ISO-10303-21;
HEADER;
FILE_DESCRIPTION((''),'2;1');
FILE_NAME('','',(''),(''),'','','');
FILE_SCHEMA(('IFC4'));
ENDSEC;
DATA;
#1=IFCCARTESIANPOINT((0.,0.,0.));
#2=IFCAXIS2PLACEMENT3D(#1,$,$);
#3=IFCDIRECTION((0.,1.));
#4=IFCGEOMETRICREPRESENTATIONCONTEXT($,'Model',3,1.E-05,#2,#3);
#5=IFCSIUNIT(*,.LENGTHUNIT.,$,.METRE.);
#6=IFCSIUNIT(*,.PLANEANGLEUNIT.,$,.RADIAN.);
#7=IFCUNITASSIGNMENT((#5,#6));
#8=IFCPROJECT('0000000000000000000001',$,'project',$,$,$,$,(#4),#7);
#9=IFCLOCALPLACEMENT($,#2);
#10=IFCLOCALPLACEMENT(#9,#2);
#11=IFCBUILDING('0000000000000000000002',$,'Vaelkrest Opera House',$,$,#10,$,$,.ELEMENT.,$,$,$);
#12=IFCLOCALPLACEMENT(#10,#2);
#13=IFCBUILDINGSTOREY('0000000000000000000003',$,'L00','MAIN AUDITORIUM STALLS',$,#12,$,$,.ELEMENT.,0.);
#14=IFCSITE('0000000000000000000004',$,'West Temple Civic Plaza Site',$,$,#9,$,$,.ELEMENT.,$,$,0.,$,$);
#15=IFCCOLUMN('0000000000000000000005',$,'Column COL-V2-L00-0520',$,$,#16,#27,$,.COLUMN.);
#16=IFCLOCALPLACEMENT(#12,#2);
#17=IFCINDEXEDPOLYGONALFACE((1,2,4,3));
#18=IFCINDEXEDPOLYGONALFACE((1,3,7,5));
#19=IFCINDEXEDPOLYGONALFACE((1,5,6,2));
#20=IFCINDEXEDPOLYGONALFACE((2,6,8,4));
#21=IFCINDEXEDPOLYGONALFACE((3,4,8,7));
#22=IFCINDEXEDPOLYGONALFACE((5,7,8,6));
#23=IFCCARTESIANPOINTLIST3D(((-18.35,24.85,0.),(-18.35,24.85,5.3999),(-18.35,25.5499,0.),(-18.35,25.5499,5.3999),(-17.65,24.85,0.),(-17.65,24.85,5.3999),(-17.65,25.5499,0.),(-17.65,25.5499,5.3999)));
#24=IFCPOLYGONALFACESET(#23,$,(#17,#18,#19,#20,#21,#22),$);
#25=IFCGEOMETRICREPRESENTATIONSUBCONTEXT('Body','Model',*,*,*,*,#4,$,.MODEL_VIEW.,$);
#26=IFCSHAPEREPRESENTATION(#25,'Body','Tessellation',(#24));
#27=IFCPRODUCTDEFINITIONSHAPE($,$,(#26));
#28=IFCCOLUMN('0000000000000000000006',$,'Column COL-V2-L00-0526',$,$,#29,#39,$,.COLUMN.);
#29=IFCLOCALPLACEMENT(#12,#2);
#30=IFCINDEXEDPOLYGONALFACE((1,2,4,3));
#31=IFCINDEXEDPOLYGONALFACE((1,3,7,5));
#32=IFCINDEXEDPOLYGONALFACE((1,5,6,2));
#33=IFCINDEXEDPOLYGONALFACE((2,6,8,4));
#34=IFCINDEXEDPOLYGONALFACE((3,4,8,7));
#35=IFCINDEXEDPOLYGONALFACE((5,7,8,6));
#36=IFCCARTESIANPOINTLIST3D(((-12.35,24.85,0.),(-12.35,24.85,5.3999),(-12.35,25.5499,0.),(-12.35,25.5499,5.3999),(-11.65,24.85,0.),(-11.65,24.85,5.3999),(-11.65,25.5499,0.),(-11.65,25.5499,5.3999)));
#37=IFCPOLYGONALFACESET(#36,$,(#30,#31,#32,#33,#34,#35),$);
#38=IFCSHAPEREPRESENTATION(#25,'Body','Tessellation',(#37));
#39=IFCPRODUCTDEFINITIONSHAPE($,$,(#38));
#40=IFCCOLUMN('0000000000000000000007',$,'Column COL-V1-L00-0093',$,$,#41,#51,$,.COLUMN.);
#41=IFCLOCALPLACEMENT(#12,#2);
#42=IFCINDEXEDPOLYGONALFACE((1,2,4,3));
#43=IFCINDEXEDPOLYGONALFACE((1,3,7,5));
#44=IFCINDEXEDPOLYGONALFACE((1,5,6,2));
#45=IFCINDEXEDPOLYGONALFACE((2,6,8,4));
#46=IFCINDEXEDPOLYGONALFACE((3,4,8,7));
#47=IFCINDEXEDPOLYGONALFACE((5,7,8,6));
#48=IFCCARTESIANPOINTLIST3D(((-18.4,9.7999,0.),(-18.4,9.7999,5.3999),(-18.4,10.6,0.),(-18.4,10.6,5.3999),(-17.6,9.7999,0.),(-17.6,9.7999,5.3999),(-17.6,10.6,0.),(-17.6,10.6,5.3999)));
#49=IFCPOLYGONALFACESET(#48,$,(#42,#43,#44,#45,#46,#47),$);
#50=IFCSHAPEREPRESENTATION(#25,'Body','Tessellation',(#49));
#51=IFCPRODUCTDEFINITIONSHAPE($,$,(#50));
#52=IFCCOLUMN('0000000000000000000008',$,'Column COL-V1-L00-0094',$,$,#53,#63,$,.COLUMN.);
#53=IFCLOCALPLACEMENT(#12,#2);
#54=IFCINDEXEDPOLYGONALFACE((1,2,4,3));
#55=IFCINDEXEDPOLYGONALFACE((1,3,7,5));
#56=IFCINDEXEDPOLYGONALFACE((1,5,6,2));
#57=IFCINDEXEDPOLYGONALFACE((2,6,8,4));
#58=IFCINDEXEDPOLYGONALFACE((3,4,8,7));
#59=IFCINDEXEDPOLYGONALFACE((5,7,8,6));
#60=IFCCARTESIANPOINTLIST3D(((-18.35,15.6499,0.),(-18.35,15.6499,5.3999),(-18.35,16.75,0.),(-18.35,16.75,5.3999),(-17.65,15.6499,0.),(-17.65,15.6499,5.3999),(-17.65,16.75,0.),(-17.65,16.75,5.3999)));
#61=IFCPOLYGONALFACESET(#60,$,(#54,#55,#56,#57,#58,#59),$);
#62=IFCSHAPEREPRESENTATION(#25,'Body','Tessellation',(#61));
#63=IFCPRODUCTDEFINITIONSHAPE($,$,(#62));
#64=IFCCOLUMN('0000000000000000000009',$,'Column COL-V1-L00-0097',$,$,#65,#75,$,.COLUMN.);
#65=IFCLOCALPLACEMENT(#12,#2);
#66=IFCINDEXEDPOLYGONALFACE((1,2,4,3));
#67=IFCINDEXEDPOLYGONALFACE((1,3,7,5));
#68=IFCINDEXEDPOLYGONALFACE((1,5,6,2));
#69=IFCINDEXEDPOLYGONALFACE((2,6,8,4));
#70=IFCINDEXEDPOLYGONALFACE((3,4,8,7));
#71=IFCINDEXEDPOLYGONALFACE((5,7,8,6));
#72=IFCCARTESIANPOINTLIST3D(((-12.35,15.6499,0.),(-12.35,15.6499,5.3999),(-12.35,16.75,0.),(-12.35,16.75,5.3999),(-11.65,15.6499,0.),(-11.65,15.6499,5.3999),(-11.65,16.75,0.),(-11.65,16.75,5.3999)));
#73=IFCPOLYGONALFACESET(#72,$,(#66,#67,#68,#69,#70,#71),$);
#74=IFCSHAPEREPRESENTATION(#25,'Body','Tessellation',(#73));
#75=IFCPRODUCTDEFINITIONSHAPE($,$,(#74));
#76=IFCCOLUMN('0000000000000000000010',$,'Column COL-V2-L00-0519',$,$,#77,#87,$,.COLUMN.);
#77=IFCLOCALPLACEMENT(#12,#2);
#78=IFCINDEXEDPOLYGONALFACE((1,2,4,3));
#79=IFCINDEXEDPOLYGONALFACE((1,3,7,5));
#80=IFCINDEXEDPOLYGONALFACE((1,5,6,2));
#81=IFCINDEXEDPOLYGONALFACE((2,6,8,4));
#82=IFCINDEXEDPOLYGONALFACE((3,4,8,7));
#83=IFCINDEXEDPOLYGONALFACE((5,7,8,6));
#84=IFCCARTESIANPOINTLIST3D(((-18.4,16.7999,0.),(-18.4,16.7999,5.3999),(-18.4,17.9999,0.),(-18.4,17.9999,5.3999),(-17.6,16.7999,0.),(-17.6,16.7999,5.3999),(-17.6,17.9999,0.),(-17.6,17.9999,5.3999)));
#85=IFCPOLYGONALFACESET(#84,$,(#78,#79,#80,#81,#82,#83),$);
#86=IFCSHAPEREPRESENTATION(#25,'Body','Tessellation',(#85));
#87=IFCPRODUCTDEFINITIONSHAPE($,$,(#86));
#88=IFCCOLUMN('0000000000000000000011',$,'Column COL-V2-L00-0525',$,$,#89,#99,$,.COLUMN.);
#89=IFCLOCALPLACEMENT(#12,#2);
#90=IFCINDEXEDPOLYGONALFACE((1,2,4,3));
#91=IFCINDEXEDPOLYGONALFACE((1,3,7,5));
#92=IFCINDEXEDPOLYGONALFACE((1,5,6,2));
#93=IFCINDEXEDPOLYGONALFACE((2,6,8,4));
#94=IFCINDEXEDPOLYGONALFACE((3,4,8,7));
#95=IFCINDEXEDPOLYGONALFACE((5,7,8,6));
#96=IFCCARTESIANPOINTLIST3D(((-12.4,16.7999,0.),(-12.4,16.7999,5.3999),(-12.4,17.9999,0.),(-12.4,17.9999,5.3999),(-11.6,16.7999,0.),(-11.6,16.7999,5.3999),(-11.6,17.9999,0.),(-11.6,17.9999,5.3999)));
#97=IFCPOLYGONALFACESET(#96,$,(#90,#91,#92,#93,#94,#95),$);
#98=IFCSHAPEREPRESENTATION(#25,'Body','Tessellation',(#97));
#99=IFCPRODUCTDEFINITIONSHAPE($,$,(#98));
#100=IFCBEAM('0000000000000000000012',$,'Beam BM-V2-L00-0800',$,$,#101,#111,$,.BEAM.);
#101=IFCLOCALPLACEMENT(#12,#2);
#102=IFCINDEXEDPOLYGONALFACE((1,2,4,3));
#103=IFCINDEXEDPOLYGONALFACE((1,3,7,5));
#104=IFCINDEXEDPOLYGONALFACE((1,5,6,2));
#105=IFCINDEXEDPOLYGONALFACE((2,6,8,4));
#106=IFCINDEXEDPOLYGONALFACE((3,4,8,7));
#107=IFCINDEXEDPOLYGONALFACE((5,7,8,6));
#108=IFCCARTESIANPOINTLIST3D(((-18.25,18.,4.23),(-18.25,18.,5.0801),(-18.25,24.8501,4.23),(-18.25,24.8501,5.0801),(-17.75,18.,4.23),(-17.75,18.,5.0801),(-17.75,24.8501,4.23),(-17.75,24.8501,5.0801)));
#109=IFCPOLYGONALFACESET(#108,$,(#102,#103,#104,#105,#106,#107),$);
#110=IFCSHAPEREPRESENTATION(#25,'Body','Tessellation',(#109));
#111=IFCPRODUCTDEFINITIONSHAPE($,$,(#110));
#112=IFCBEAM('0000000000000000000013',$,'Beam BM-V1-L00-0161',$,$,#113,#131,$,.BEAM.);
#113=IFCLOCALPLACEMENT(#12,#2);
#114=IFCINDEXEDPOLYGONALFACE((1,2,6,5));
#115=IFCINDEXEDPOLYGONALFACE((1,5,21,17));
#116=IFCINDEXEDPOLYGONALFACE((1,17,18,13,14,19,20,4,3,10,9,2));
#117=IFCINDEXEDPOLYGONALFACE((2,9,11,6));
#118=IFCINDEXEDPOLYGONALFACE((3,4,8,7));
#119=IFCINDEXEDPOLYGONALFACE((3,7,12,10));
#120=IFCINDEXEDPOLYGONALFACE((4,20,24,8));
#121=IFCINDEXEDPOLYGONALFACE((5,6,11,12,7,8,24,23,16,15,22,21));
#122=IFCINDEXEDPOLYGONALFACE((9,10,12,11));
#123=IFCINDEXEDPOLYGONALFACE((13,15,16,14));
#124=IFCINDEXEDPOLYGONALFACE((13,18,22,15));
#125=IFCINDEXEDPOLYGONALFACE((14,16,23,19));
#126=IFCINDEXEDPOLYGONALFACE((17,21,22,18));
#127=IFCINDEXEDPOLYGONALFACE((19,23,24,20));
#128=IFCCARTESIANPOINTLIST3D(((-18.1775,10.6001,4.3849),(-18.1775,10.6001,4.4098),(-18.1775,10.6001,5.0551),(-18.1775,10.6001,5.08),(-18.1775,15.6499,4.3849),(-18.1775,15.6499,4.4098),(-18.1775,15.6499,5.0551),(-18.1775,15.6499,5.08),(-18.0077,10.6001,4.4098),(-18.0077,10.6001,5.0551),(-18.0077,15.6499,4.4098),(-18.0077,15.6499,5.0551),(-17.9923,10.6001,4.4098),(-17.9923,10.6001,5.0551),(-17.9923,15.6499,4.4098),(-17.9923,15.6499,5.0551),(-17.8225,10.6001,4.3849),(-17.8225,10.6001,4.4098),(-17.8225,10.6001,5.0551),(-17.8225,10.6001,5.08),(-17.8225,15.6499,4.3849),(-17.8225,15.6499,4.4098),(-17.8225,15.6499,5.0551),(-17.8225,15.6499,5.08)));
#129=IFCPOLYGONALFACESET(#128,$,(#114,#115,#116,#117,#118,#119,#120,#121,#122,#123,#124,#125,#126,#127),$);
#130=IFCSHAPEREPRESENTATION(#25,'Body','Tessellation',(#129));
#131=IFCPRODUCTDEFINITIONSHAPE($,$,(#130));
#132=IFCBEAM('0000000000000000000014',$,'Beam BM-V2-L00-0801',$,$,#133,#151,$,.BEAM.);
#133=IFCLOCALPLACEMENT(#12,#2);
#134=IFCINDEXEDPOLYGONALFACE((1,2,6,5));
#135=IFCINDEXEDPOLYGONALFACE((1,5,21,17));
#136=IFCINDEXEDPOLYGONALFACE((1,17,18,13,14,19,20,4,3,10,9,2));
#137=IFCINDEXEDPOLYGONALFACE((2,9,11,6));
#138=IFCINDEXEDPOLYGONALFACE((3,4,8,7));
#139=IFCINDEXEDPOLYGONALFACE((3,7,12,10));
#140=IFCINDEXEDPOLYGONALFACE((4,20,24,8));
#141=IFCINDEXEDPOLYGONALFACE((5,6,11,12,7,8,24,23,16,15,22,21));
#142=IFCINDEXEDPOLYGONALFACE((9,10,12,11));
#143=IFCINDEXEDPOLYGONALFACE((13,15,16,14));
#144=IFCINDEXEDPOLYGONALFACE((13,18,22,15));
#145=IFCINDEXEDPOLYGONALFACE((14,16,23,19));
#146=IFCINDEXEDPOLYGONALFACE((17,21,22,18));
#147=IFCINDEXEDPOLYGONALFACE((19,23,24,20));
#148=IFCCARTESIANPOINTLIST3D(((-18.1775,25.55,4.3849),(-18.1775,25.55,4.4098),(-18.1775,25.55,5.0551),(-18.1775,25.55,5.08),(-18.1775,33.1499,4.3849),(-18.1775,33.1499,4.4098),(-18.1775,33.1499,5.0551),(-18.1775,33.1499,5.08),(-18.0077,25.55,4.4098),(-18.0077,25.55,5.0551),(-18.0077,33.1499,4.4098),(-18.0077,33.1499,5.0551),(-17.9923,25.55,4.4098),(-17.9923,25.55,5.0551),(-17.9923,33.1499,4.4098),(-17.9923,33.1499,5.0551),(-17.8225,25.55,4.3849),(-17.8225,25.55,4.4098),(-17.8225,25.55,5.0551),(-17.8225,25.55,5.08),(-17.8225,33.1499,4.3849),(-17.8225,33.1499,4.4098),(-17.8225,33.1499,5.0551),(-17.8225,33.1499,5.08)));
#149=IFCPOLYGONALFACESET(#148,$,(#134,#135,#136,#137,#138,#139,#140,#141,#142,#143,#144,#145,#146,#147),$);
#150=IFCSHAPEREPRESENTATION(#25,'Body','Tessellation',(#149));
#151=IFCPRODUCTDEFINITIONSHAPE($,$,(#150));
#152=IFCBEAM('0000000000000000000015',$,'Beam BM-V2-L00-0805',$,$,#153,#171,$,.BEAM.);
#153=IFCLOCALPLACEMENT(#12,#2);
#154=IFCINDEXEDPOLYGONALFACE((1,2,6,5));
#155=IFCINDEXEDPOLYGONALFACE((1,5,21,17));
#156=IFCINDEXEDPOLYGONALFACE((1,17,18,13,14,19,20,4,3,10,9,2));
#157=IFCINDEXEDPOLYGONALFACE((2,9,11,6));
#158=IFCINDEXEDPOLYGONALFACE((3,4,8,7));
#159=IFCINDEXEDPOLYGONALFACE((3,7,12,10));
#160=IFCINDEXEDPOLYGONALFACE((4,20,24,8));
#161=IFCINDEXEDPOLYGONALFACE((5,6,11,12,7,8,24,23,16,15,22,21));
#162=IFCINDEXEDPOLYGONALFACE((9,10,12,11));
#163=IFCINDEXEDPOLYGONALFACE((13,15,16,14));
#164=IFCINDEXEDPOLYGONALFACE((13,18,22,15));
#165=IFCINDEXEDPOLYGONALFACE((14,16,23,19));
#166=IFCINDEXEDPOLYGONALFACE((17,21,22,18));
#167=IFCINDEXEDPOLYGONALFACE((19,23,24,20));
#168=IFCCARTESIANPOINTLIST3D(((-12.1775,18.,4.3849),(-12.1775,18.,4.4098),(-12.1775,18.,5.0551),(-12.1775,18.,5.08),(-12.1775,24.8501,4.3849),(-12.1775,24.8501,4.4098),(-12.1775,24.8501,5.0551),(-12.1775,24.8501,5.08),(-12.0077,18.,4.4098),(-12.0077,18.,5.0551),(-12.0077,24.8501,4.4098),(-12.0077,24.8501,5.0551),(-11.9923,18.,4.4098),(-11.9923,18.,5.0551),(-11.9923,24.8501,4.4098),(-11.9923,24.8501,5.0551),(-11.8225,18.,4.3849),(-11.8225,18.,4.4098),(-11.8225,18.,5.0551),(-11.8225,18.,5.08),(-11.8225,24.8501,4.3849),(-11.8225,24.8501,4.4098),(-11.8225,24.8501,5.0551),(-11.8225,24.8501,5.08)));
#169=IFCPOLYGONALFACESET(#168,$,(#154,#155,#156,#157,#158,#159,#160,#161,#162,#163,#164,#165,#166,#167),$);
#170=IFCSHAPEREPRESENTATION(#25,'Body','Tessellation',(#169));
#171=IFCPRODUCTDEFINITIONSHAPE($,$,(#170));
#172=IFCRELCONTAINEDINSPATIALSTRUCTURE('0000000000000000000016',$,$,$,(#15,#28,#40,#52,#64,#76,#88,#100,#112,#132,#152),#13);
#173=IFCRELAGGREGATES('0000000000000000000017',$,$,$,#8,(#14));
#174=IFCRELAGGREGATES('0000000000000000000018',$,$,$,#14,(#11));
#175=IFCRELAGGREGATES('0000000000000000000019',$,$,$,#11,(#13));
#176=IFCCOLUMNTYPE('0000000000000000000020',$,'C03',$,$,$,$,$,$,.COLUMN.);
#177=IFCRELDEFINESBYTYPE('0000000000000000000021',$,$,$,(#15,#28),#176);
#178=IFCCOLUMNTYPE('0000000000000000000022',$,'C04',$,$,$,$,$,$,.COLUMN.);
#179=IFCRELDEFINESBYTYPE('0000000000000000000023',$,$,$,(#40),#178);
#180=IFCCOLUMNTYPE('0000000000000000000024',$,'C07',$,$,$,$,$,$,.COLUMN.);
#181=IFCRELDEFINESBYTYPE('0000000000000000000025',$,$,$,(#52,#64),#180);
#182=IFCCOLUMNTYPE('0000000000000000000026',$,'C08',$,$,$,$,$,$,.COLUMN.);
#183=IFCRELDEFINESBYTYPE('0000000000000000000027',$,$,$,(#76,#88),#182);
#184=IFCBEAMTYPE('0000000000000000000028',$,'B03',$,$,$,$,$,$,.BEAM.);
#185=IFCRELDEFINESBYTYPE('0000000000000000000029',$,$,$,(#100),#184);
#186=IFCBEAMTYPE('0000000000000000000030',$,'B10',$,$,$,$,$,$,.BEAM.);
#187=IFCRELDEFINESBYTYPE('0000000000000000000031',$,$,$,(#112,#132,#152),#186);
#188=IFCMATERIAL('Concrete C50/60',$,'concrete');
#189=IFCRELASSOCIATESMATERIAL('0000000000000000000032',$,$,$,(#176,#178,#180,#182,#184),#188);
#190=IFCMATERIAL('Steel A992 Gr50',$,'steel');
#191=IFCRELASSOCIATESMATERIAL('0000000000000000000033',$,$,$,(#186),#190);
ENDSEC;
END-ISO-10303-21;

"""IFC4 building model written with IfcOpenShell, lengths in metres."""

from ifc_helpers import new_model, si_unit, direction, frame, origin, origin_2d, place, context, subcontext, project, spatial, rectangle, i_section, extrude, material, material_profile, profile_set, type_object, element, save


model = new_model("IFC4")

# Units and contexts
model_context = context("Model", 3, precision=1e-05, world=origin(), true_north=direction((0.0, 1.0)))
body_context = subcontext(model_context, "Body", "Model", "MODEL_VIEW")
ifc_project = project(units=[si_unit("LENGTHUNIT", "METRE"), si_unit("PLANEANGLEUNIT", "RADIAN")], contexts=[model_context])

# Site, building, storey
site_placement = place(None, origin())
site = spatial("IfcSite", under=ifc_project, at=site_placement, Name="West Temple Civic Plaza Site", CompositionType="ELEMENT", RefElevation=0.0)
building_placement = place(site_placement, origin())
building = spatial("IfcBuilding", under=site, at=building_placement, Name="Vaelkrest Opera House", CompositionType="ELEMENT")
storey_placement = place(building_placement, origin())
storey = spatial("IfcBuildingStorey", under=building, at=storey_placement, Name="L00", Description="MAIN AUDITORIUM STALLS", CompositionType="ELEMENT", Elevation=0.0)

# Columns
ifc_material_1 = material(Name="Concrete C50/60", Category="concrete")
ifc_material_profile_1 = material_profile(ifc_material_1, rectangle(XDim=0.7, YDim=0.7, at=origin_2d()), Name="RC700X700")
ifc_profile_set_1 = profile_set([ifc_material_profile_1], Name="Concrete C50/60")
column_type_1 = type_object("IfcColumnType", Name="C03", PredefinedType="COLUMN", material=ifc_profile_set_1)
for number, where, z_axis, x_axis, name in (
    (1, (-18.0, 25.2, 0.0), (0.0, 0.0, 1.0), (1.0, 0.0, 0.0), "Column COL-V2-L00-0520"),
    (2, (-12.0, 25.2, 0.0), (0.0, 0.0, 1.0), (1.0, 0.0, 0.0), "Column COL-V2-L00-0526"),
):
    element("IfcColumn", number, at=place(storey_placement, frame(where, z_axis=z_axis, x_axis=x_axis)), inside=storey, type_object=column_type_1, Name=name, PredefinedType="COLUMN", context=body_context, shape_type="SweptSolid", body=[
        extrude(rectangle(XDim=0.7, YDim=0.7, at=origin_2d()), origin(), (0.0, 0.0, 1.0), 5.3999),
    ])
ifc_material_profile_2 = material_profile(ifc_material_1, rectangle(XDim=0.8, YDim=0.8, at=origin_2d()), Name="RC800X800")
ifc_profile_set_2 = profile_set([ifc_material_profile_2], Name="Concrete C50/60")
column_type_2 = type_object("IfcColumnType", Name="C04", PredefinedType="COLUMN", material=ifc_profile_set_2)
column_placement = place(storey_placement, frame((-18.0, 10.2, 0.0), z_axis=(0.0, 0.0, 1.0), x_axis=(1.0, 0.0, 0.0)))
element("IfcColumn", 3, at=column_placement, inside=storey, type_object=column_type_2, Name="Column COL-V1-L00-0093", PredefinedType="COLUMN", context=body_context, shape_type="SweptSolid", body=[
    extrude(rectangle(XDim=0.8, YDim=0.8, at=origin_2d()), origin(), (0.0, 0.0, 1.0), 5.3999),
])
ifc_material_profile_3 = material_profile(ifc_material_1, rectangle(XDim=0.7, YDim=1.1001, at=origin_2d()), Name="RC700X1100")
ifc_profile_set_3 = profile_set([ifc_material_profile_3], Name="Concrete C50/60")
column_type_3 = type_object("IfcColumnType", Name="C07", PredefinedType="COLUMN", material=ifc_profile_set_3)
for number, where, z_axis, x_axis, name in (
    (4, (-18.0, 16.2, 0.0), (0.0, 0.0, 1.0), (1.0, 0.0, 0.0), "Column COL-V1-L00-0094"),
    (5, (-12.0, 16.2, 0.0), (0.0, 0.0, 1.0), (1.0, 0.0, 0.0), "Column COL-V1-L00-0097"),
):
    element("IfcColumn", number, at=place(storey_placement, frame(where, z_axis=z_axis, x_axis=x_axis)), inside=storey, type_object=column_type_3, Name=name, PredefinedType="COLUMN", context=body_context, shape_type="SweptSolid", body=[
        extrude(rectangle(XDim=0.7, YDim=1.1001, at=origin_2d()), origin(), (0.0, 0.0, 1.0), 5.3999),
    ])
ifc_material_profile_4 = material_profile(ifc_material_1, rectangle(XDim=0.8, YDim=1.2, at=origin_2d()), Name="RC800X1200")
ifc_profile_set_4 = profile_set([ifc_material_profile_4], Name="Concrete C50/60")
column_type_4 = type_object("IfcColumnType", Name="C08", PredefinedType="COLUMN", material=ifc_profile_set_4)
for number, where, z_axis, x_axis, name in (
    (6, (-18.0, 17.3999, 0.0), (0.0, 0.0, 1.0), (1.0, 0.0, 0.0), "Column COL-V2-L00-0519"),
    (7, (-12.0, 17.3999, 0.0), (0.0, 0.0, 1.0), (1.0, 0.0, 0.0), "Column COL-V2-L00-0525"),
):
    element("IfcColumn", number, at=place(storey_placement, frame(where, z_axis=z_axis, x_axis=x_axis)), inside=storey, type_object=column_type_4, Name=name, PredefinedType="COLUMN", context=body_context, shape_type="SweptSolid", body=[
        extrude(rectangle(XDim=0.8, YDim=1.2, at=origin_2d()), origin(), (0.0, 0.0, 1.0), 5.3999),
    ])

# Beams
ifc_material_profile_5 = material_profile(ifc_material_1, rectangle(XDim=0.5, YDim=0.8501, at=origin_2d()), Name="RCB500X850")
ifc_profile_set_5 = profile_set([ifc_material_profile_5], Name="Concrete C50/60")
beam_type_1 = type_object("IfcBeamType", Name="B03", PredefinedType="BEAM", material=ifc_profile_set_5)
beam_1_placement = place(storey_placement, frame((-18.0, 18.0, 4.655), z_axis=(0.0, 1.0, 0.0), x_axis=(-1.0, 0.0, 0.0)))
element("IfcBeam", 8, at=beam_1_placement, inside=storey, type_object=beam_type_1, Name="Beam BM-V2-L00-0800", PredefinedType="BEAM", context=body_context, shape_type="SweptSolid", body=[
    extrude(rectangle(XDim=0.5, YDim=0.8501, at=origin_2d()), origin(), (0.0, 0.0, 1.0), 6.8501),
])
ifc_material_2 = material(Name="Steel A992 Gr50", Category="steel")
ifc_material_profile_6 = material_profile(ifc_material_2, i_section(OverallWidth=0.355, OverallDepth=0.6951, WebThickness=0.0154, FlangeThickness=0.0249, at=origin_2d()), Name="W27X146")
ifc_profile_set_6 = profile_set([ifc_material_profile_6], Name="Steel A992 Gr50")
beam_type_2 = type_object("IfcBeamType", Name="B10", PredefinedType="BEAM", material=ifc_profile_set_6)
beam_2_placement = place(storey_placement, frame((-18.0, 10.6001, 4.7324), z_axis=(0.0, 1.0, 0.0), x_axis=(-1.0, 0.0, 0.0)))
element("IfcBeam", 9, at=beam_2_placement, inside=storey, type_object=beam_type_2, Name="Beam BM-V1-L00-0161", PredefinedType="BEAM", context=body_context, shape_type="SweptSolid", body=[
    extrude(i_section(OverallWidth=0.355, OverallDepth=0.6951, WebThickness=0.0154, FlangeThickness=0.0249, at=origin_2d()), origin(), (0.0, 0.0, 1.0), 5.0498),
])
beam_3_placement = place(storey_placement, frame((-18.0, 25.55, 4.7324), z_axis=(0.0, 1.0, 0.0), x_axis=(-1.0, 0.0, 0.0)))
element("IfcBeam", 10, at=beam_3_placement, inside=storey, type_object=beam_type_2, Name="Beam BM-V2-L00-0801", PredefinedType="BEAM", context=body_context, shape_type="SweptSolid", body=[
    extrude(i_section(OverallWidth=0.355, OverallDepth=0.6951, WebThickness=0.0154, FlangeThickness=0.0249, at=origin_2d()), origin(), (0.0, 0.0, 1.0), 7.5999),
])
beam_4_placement = place(storey_placement, frame((-12.0, 18.0, 4.7324), z_axis=(0.0, 1.0, 0.0), x_axis=(-1.0, 0.0, 0.0)))
element("IfcBeam", 11, at=beam_4_placement, inside=storey, type_object=beam_type_2, Name="Beam BM-V2-L00-0805", PredefinedType="BEAM", context=body_context, shape_type="SweptSolid", body=[
    extrude(i_section(OverallWidth=0.355, OverallDepth=0.6951, WebThickness=0.0154, FlangeThickness=0.0249, at=origin_2d()), origin(), (0.0, 0.0, 1.0), 6.8501),
])

save(model, "model.ifc")
